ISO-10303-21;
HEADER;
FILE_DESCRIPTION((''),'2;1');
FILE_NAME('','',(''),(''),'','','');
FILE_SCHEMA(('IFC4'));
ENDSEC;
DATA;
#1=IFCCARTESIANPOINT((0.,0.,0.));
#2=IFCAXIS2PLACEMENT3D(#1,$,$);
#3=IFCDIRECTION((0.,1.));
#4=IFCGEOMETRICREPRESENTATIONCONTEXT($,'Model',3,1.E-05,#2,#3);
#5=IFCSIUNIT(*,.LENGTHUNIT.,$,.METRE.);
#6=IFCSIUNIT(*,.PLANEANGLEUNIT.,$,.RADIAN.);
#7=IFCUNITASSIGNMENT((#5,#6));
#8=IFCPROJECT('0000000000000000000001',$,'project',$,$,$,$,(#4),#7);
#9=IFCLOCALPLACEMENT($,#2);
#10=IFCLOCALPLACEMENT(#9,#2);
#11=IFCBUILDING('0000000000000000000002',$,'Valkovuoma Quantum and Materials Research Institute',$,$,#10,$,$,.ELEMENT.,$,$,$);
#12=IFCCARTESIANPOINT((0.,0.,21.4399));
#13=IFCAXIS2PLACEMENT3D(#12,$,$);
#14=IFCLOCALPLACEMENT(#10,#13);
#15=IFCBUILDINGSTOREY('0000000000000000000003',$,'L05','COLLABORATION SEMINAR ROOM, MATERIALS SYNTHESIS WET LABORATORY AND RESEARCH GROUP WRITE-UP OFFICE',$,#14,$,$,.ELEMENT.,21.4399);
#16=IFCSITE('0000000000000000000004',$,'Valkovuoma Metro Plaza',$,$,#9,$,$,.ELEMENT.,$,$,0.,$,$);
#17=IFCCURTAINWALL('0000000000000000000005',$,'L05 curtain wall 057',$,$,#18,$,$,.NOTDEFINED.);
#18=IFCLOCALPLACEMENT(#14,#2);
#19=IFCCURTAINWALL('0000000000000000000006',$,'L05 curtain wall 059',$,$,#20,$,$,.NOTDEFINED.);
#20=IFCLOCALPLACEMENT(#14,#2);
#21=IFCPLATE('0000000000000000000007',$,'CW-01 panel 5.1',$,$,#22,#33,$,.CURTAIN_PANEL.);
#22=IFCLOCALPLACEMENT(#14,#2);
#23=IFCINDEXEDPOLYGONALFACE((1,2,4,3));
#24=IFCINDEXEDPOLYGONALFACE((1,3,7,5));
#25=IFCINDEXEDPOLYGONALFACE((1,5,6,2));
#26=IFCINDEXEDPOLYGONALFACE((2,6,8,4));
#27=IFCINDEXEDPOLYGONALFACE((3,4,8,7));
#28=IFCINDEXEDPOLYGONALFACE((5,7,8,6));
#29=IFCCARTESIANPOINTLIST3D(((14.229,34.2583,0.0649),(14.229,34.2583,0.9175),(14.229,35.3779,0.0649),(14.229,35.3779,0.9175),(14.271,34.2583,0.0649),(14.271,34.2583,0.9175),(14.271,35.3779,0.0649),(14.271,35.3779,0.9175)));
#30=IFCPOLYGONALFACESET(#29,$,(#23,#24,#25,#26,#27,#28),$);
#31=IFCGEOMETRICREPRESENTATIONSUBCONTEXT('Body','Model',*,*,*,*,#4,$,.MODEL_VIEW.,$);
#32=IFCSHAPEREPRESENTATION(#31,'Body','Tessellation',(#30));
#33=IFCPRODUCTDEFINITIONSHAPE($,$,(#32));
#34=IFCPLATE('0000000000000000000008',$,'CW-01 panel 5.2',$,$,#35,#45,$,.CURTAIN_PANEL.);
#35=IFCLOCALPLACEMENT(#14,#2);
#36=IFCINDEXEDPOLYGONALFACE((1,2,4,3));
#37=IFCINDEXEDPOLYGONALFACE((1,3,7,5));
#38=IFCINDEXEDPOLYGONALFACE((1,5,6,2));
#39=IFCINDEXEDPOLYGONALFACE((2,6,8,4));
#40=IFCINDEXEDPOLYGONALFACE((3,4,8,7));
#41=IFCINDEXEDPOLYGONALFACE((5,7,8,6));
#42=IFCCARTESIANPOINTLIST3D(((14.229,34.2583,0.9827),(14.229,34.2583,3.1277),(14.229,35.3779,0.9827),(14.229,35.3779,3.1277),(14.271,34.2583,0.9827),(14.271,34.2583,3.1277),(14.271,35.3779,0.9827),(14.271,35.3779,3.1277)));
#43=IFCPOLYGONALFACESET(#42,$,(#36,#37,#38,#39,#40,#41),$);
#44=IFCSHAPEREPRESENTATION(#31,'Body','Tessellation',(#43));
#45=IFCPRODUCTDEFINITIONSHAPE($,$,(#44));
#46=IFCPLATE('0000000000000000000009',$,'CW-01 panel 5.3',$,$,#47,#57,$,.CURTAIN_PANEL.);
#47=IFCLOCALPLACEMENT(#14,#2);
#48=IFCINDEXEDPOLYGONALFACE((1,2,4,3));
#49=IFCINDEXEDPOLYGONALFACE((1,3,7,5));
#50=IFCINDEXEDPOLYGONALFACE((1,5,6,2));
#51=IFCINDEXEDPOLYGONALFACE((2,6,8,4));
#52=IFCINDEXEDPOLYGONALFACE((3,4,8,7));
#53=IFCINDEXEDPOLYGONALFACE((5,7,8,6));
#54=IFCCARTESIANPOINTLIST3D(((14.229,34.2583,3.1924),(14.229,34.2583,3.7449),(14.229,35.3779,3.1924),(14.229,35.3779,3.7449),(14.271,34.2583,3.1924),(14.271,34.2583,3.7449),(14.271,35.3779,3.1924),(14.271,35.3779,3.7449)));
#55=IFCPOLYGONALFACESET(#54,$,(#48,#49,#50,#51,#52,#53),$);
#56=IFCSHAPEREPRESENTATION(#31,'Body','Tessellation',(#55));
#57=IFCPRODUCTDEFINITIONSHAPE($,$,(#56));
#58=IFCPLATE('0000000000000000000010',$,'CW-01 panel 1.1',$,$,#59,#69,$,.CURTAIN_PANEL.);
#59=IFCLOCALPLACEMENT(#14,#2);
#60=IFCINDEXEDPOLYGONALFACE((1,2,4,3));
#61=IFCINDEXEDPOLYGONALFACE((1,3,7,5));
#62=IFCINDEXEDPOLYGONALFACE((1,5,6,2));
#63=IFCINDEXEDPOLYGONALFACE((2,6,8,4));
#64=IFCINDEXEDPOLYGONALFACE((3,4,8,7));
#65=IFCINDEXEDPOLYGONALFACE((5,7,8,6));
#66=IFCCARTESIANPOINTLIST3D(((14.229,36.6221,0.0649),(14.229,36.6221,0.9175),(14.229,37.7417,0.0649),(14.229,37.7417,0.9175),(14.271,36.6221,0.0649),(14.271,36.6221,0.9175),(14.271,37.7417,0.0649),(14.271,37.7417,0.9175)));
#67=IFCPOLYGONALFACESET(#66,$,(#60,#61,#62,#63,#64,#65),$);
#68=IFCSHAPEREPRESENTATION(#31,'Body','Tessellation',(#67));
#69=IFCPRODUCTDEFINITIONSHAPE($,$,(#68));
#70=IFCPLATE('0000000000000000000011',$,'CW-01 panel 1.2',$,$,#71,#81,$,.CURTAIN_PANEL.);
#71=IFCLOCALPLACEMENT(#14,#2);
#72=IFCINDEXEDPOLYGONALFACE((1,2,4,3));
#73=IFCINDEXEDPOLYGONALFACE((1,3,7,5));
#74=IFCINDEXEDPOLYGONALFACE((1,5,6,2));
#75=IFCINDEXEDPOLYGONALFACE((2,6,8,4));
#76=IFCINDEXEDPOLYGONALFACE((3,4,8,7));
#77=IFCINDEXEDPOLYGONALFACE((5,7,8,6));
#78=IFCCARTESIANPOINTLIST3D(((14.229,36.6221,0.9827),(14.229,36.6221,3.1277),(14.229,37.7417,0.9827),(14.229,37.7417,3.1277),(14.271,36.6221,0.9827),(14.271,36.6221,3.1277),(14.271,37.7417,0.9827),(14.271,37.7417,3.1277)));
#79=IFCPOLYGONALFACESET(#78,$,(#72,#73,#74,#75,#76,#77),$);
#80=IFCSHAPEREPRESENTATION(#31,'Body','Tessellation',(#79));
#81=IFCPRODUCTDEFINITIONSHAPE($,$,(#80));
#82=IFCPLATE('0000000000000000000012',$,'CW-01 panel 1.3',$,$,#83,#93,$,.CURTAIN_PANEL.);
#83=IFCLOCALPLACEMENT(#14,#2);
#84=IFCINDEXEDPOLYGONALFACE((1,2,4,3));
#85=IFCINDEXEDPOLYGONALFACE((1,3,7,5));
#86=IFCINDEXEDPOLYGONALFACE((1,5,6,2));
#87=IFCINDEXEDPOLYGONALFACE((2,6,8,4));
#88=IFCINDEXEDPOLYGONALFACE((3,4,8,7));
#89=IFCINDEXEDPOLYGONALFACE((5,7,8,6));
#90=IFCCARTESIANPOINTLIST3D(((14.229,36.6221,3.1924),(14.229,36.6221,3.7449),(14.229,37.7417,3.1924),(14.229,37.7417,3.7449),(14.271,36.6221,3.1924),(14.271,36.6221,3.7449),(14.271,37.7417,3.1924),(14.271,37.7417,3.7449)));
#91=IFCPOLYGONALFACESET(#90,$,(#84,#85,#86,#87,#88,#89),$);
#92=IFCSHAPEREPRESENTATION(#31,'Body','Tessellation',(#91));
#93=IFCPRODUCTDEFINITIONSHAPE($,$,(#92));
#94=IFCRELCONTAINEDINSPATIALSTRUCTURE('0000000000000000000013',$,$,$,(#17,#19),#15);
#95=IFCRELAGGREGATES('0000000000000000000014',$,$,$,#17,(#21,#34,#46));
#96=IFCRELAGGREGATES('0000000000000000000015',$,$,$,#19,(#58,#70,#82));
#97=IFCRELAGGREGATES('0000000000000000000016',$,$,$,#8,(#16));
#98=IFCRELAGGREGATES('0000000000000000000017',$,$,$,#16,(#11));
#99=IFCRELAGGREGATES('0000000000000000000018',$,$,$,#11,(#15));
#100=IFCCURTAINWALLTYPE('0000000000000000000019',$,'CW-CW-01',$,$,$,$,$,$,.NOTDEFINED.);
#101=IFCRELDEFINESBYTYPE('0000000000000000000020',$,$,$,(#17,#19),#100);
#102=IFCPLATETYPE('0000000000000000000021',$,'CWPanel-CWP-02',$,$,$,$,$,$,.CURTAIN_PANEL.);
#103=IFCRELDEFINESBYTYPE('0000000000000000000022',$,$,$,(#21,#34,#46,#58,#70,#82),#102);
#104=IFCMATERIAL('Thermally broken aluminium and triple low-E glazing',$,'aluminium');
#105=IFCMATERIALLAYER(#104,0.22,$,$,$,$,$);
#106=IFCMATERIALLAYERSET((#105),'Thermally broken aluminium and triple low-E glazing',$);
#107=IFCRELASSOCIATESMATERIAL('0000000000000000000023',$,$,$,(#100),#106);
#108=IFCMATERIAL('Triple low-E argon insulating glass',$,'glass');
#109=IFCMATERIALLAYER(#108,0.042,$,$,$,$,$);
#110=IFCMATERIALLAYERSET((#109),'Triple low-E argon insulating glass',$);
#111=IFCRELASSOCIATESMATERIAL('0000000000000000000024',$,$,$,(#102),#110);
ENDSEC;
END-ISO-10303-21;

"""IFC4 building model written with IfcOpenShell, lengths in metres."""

from ifc_helpers import new_model, si_unit, direction, frame, origin, origin_2d, place, context, subcontext, project, spatial, rectangle, extrude, material, layer, layer_set, type_object, element, aggregate, save


model = new_model("IFC4")

# Units and contexts
model_context = context("Model", 3, precision=1e-05, world=origin(), true_north=direction((0.0, 1.0)))
body_context = subcontext(model_context, "Body", "Model", "MODEL_VIEW")
ifc_project = project(units=[si_unit("LENGTHUNIT", "METRE"), si_unit("PLANEANGLEUNIT", "RADIAN")], contexts=[model_context])

# Site, building, storey
site_placement = place(None, origin())
site = spatial("IfcSite", under=ifc_project, at=site_placement, Name="Valkovuoma Metro Plaza", CompositionType="ELEMENT", RefElevation=0.0)
building_placement = place(site_placement, origin())
building = spatial("IfcBuilding", under=site, at=building_placement, Name="Valkovuoma Quantum and Materials Research Institute", CompositionType="ELEMENT")
storey_placement = place(building_placement, frame((0.0, 0.0, 21.4399)))
storey = spatial("IfcBuildingStorey", under=building, at=storey_placement, Name="L05", Description="COLLABORATION SEMINAR ROOM, MATERIALS SYNTHESIS WET LABORATORY AND RESEARCH GROUP WRITE-UP OFFICE", CompositionType="ELEMENT", Elevation=21.4399)

# Curtain wall
ifc_material_1 = material(Name="Thermally broken aluminium and triple low-E glazing", Category="aluminium")
ifc_layer_1 = layer(ifc_material_1, 0.22)
ifc_layer_set_1 = layer_set([ifc_layer_1], Name="Thermally broken aluminium and triple low-E glazing")
curtain_wall_type = type_object("IfcCurtainWallType", Name="CW-CW-01", PredefinedType="NOTDEFINED", material=ifc_layer_set_1)
curtain_wall_1_placement = place(storey_placement, origin())
curtain_wall_1 = element("IfcCurtainWall", 1, at=curtain_wall_1_placement, inside=storey, type_object=curtain_wall_type, Name="L05 curtain wall 057", PredefinedType="NOTDEFINED")

# Curtain wall
curtain_wall_2_placement = place(storey_placement, origin())
curtain_wall_2 = element("IfcCurtainWall", 2, at=curtain_wall_2_placement, inside=storey, type_object=curtain_wall_type, Name="L05 curtain wall 059", PredefinedType="NOTDEFINED")

# Plates
ifc_material_2 = material(Name="Triple low-E argon insulating glass", Category="glass")
ifc_layer_2 = layer(ifc_material_2, 0.042)
ifc_layer_set_2 = layer_set([ifc_layer_2], Name="Triple low-E argon insulating glass")
plate_type = type_object("IfcPlateType", Name="CWPanel-CWP-02", PredefinedType="CURTAIN_PANEL", material=ifc_layer_set_2)
plate_1_placement = place(storey_placement, frame((14.25, 34.8181, 0.0649), z_axis=(0.0, 0.0, 1.0), x_axis=(0.0, 1.0, 0.0)))
plate_1 = element("IfcPlate", 3, at=plate_1_placement, type_object=plate_type, Name="CW-01 panel 5.1", PredefinedType="CURTAIN_PANEL", context=body_context, shape_type="SweptSolid", body=[
    extrude(rectangle(XDim=1.1196, YDim=0.042, at=origin_2d()), origin(), (0.0, 0.0, 1.0), 0.8525),
])
plate_2_placement = place(storey_placement, frame((14.25, 34.8181, 0.9827), z_axis=(0.0, 0.0, 1.0), x_axis=(0.0, 1.0, 0.0)))
plate_2 = element("IfcPlate", 4, at=plate_2_placement, type_object=plate_type, Name="CW-01 panel 5.2", PredefinedType="CURTAIN_PANEL", context=body_context, shape_type="SweptSolid", body=[
    extrude(rectangle(XDim=1.1196, YDim=0.042, at=origin_2d()), origin(), (0.0, 0.0, 1.0), 2.145),
])
plate_3_placement = place(storey_placement, frame((14.25, 34.8181, 3.1924), z_axis=(0.0, 0.0, 1.0), x_axis=(0.0, 1.0, 0.0)))
plate_3 = element("IfcPlate", 5, at=plate_3_placement, type_object=plate_type, Name="CW-01 panel 5.3", PredefinedType="CURTAIN_PANEL", context=body_context, shape_type="SweptSolid", body=[
    extrude(rectangle(XDim=1.1196, YDim=0.042, at=origin_2d()), origin(), (0.0, 0.0, 1.0), 0.5525),
])
aggregate(curtain_wall_1, [plate_1, plate_2, plate_3])
plate_4_placement = place(storey_placement, frame((14.25, 37.1819, 0.0649), z_axis=(0.0, 0.0, 1.0), x_axis=(0.0, 1.0, 0.0)))
plate_4 = element("IfcPlate", 6, at=plate_4_placement, type_object=plate_type, Name="CW-01 panel 1.1", PredefinedType="CURTAIN_PANEL", context=body_context, shape_type="SweptSolid", body=[
    extrude(rectangle(XDim=1.1196, YDim=0.042, at=origin_2d()), origin(), (0.0, 0.0, 1.0), 0.8525),
])
plate_5_placement = place(storey_placement, frame((14.25, 37.1819, 0.9827), z_axis=(0.0, 0.0, 1.0), x_axis=(0.0, 1.0, 0.0)))
plate_5 = element("IfcPlate", 7, at=plate_5_placement, type_object=plate_type, Name="CW-01 panel 1.2", PredefinedType="CURTAIN_PANEL", context=body_context, shape_type="SweptSolid", body=[
    extrude(rectangle(XDim=1.1196, YDim=0.042, at=origin_2d()), origin(), (0.0, 0.0, 1.0), 2.145),
])
plate_6_placement = place(storey_placement, frame((14.25, 37.1819, 3.1924), z_axis=(0.0, 0.0, 1.0), x_axis=(0.0, 1.0, 0.0)))
plate_6 = element("IfcPlate", 8, at=plate_6_placement, type_object=plate_type, Name="CW-01 panel 1.3", PredefinedType="CURTAIN_PANEL", context=body_context, shape_type="SweptSolid", body=[
    extrude(rectangle(XDim=1.1196, YDim=0.042, at=origin_2d()), origin(), (0.0, 0.0, 1.0), 0.5525),
])
aggregate(curtain_wall_2, [plate_4, plate_5, plate_6])

save(model, "model.ifc")
